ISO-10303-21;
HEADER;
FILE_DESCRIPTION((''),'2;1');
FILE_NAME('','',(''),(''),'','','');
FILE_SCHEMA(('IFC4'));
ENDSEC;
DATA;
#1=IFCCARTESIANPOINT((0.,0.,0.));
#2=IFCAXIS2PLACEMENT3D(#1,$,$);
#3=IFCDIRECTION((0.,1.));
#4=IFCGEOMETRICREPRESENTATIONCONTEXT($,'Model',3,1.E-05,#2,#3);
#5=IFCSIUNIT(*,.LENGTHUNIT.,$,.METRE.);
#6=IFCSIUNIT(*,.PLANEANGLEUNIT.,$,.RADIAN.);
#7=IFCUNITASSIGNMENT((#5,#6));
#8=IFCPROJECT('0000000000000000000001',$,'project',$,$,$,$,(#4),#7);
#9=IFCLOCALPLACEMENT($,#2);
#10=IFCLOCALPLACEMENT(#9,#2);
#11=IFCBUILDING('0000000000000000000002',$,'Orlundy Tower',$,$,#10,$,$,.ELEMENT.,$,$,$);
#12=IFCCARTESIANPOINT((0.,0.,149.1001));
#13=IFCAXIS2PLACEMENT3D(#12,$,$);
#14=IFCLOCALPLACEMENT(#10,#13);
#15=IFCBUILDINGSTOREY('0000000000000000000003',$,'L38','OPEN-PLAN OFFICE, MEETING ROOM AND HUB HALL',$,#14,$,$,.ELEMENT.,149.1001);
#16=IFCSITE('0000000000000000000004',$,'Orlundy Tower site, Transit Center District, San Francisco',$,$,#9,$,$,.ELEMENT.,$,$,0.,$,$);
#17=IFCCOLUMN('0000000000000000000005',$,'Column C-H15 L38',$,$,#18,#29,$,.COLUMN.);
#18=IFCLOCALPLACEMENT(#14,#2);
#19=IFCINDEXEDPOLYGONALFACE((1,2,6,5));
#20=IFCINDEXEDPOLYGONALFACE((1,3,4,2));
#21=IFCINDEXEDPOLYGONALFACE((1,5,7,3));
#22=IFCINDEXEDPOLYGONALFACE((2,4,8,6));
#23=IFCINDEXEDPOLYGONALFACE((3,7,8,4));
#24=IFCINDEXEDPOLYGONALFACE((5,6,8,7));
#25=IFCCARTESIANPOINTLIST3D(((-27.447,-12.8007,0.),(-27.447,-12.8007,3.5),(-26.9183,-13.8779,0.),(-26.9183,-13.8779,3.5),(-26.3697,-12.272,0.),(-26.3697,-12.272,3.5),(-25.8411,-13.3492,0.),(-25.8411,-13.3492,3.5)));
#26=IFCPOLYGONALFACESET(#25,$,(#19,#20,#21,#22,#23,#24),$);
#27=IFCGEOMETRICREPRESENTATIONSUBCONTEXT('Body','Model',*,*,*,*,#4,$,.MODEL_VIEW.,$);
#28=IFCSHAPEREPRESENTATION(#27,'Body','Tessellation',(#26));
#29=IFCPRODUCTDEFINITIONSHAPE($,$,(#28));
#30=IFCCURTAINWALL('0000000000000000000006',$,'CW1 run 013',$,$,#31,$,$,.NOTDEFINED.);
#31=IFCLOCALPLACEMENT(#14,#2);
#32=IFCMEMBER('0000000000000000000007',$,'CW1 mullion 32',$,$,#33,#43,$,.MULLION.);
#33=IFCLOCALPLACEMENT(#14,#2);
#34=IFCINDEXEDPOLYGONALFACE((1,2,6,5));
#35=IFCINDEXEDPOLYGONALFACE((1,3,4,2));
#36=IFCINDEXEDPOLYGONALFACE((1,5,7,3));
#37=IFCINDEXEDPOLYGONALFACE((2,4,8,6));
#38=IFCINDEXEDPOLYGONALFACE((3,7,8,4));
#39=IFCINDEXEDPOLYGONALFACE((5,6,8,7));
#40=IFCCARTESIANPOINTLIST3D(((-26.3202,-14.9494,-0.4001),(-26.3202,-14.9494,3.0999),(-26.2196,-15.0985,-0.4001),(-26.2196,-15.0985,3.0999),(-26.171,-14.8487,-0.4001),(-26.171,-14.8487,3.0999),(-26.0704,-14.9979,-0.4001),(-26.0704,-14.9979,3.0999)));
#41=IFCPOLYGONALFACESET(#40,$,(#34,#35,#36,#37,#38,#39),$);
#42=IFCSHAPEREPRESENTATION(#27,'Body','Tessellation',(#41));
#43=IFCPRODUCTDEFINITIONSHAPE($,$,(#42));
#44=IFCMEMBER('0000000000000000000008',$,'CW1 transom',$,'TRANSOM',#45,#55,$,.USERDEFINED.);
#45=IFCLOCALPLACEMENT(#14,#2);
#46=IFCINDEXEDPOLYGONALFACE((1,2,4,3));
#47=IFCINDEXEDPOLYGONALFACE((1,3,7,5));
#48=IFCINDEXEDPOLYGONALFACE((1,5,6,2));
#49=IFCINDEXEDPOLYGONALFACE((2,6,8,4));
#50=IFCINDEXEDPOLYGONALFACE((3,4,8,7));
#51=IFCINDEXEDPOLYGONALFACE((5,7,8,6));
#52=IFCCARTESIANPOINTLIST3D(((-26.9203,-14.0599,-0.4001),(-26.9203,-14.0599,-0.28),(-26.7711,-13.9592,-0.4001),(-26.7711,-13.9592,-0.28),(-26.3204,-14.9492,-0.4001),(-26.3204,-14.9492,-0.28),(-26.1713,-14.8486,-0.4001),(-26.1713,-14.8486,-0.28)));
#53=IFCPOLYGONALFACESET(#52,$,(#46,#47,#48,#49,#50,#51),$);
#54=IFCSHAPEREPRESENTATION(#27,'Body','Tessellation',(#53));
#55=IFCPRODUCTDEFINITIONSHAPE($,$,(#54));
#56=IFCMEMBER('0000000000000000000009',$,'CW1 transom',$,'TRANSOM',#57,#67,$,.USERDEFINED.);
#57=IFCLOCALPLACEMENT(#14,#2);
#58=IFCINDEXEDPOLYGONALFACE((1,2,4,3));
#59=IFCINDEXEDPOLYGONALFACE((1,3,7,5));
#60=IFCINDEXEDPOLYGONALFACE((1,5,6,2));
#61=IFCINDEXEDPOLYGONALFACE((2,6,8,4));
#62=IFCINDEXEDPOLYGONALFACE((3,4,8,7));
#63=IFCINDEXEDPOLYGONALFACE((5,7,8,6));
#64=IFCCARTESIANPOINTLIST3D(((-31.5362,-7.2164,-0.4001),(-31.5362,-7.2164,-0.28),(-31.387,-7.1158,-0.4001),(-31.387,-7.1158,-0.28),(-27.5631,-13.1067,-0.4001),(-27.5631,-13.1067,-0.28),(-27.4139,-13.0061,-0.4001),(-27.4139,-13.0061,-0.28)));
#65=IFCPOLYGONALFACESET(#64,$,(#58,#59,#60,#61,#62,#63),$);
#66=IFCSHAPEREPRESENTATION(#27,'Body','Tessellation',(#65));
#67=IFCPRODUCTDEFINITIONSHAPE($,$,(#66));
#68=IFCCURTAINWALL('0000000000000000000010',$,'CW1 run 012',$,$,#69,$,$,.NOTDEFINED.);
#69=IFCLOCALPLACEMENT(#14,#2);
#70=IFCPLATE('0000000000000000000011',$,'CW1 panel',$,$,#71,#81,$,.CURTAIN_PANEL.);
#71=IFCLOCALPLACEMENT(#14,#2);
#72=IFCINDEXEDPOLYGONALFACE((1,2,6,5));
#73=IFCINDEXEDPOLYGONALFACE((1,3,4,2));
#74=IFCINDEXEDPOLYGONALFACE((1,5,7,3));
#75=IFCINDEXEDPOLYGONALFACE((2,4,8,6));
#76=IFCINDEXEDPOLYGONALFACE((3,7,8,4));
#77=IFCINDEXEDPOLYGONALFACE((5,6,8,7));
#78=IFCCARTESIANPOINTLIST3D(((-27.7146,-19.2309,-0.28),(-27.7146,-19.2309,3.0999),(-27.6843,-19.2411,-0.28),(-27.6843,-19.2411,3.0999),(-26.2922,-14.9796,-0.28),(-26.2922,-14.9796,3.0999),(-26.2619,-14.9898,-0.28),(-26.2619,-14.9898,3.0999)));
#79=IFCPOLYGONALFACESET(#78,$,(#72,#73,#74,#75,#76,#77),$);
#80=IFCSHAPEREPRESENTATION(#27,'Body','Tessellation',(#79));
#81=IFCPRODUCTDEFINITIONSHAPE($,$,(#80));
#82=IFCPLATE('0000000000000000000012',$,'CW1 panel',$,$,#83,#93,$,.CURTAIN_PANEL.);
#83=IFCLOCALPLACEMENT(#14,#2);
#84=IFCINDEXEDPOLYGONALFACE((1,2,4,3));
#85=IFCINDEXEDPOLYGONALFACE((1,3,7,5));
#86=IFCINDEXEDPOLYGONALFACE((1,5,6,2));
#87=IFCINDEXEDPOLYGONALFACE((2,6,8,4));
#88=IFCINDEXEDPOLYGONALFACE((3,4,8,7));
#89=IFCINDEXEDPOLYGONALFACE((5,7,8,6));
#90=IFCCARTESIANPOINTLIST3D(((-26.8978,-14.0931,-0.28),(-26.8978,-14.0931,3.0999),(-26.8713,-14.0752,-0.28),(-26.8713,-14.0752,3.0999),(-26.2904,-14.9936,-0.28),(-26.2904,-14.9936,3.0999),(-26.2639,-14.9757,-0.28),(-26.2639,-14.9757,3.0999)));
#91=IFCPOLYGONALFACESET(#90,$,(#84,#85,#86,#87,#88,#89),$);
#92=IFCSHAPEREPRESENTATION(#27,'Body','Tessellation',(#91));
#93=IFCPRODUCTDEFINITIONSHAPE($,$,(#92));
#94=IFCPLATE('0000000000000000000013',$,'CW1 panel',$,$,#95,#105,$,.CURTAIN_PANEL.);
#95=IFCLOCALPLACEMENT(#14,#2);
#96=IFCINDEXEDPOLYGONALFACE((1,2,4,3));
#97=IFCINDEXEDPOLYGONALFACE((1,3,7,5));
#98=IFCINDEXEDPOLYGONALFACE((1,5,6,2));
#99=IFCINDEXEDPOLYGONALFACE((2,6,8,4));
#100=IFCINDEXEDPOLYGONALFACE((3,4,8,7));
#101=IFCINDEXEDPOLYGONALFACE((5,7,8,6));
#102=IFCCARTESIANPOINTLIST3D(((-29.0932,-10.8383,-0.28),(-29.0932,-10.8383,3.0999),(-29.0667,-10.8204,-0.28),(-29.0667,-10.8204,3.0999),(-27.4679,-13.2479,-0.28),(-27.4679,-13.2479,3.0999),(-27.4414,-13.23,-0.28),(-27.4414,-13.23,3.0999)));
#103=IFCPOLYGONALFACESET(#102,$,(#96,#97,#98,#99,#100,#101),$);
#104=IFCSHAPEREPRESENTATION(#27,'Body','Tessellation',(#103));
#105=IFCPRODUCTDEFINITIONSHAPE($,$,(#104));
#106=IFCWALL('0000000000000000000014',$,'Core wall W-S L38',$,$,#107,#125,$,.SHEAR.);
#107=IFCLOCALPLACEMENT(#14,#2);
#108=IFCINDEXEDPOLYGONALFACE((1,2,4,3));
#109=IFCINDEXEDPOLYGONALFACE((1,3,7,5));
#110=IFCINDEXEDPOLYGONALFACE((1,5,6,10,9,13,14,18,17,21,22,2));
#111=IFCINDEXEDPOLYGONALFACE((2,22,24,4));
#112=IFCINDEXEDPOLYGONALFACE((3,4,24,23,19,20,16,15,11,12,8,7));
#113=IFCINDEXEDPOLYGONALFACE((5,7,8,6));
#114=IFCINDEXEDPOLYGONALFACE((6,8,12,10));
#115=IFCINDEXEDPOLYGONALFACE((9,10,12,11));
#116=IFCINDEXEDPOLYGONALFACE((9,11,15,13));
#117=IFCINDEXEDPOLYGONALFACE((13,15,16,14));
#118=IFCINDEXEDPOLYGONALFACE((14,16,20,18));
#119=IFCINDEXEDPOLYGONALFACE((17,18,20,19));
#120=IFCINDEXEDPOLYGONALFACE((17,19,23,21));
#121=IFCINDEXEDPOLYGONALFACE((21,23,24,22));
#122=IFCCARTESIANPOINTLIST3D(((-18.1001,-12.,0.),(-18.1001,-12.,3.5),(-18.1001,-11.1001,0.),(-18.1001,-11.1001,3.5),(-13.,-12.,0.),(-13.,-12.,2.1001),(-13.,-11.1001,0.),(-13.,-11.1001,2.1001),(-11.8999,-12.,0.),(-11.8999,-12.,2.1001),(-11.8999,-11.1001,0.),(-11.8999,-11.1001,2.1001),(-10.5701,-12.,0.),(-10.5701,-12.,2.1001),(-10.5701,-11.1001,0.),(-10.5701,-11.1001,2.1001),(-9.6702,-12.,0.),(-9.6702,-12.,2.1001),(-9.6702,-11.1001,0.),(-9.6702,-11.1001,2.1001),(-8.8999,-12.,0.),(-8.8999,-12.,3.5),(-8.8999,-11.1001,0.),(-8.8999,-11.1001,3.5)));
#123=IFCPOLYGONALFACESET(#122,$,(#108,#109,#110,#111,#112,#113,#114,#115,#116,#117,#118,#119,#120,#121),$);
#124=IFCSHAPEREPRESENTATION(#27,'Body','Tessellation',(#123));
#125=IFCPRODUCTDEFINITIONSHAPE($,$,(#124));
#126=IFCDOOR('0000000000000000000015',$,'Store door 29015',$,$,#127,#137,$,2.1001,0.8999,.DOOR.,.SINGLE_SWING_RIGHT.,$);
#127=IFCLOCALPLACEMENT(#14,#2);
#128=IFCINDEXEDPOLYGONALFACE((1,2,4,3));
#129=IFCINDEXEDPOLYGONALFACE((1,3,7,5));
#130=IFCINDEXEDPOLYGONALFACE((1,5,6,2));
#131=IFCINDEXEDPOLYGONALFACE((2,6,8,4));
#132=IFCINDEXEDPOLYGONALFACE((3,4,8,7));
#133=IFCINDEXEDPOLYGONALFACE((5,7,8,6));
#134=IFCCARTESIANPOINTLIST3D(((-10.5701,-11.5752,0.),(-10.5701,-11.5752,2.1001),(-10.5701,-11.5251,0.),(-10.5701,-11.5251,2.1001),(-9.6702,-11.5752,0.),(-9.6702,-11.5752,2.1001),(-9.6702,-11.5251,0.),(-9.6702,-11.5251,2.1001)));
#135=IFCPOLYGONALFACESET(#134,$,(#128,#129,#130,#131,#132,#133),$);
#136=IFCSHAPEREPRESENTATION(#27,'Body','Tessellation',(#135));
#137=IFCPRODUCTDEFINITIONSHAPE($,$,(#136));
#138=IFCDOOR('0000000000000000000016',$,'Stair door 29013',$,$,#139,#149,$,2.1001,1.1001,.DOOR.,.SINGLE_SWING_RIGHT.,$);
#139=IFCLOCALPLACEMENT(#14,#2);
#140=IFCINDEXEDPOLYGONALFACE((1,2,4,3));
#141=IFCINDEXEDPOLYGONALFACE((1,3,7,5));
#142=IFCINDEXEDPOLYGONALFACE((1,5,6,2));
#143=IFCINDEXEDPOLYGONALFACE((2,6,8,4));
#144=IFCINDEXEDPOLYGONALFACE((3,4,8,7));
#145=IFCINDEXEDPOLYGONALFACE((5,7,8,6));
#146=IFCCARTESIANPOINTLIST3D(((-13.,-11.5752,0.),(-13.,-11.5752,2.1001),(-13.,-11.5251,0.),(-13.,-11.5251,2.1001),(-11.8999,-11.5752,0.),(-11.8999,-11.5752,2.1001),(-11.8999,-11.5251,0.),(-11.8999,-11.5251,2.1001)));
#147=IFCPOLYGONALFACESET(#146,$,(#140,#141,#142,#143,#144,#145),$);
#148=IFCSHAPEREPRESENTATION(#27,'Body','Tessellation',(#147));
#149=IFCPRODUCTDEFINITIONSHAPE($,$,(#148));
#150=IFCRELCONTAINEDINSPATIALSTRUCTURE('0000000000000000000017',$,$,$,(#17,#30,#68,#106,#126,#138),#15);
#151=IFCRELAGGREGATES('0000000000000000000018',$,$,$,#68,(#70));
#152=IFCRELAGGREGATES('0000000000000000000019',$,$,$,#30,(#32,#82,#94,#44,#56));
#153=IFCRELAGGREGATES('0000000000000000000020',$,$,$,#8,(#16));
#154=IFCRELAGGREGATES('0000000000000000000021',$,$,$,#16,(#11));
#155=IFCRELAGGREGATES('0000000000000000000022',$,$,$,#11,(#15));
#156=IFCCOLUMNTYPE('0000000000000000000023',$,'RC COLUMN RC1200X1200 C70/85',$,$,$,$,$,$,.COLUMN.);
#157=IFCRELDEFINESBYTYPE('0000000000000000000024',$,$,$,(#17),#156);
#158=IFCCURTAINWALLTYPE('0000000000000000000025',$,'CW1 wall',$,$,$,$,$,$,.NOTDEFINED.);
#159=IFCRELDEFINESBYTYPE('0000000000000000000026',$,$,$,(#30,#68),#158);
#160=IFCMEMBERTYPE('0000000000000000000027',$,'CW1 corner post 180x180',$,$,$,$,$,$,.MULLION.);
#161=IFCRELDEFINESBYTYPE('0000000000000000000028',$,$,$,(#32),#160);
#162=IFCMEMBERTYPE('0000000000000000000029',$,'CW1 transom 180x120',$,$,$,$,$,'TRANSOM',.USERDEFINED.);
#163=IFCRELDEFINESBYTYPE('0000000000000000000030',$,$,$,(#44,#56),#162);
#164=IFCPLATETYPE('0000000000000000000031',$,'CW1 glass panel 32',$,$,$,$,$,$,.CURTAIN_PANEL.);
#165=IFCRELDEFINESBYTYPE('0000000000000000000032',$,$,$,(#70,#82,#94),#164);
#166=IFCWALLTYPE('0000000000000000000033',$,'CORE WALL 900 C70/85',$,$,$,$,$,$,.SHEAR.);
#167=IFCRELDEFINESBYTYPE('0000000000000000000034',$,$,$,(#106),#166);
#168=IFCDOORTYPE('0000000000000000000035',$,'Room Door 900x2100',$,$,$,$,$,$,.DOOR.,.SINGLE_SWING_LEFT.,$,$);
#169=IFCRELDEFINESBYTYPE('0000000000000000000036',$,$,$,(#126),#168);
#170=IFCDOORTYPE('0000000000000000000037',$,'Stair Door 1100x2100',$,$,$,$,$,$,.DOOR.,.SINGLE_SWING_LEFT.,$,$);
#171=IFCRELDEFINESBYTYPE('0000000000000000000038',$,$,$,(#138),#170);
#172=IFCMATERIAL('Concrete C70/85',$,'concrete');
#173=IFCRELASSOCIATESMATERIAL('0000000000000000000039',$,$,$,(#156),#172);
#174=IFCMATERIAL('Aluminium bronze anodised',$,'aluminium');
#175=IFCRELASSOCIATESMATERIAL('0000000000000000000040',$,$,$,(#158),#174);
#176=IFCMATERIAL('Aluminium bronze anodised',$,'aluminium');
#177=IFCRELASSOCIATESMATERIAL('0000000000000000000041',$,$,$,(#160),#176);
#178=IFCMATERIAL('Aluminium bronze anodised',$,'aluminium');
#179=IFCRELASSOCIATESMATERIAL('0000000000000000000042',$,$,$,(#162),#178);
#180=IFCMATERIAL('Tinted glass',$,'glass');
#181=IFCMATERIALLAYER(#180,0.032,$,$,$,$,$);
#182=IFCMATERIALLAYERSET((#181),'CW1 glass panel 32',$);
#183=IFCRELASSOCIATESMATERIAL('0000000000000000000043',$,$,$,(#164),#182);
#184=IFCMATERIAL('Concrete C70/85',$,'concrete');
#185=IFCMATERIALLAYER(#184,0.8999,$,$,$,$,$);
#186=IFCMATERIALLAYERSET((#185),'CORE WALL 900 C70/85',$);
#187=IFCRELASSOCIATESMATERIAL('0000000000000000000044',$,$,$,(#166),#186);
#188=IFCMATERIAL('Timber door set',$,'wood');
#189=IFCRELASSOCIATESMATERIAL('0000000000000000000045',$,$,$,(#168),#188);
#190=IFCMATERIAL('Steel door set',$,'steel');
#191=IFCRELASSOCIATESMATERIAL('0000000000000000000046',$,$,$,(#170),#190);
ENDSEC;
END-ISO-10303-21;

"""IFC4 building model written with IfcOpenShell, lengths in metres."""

from ifc_helpers import new_model, si_unit, direction, frame, frame_2d, origin, origin_2d, place, context, subcontext, project, spatial, rectangle, extrude, material, layer, layer_set, material_profile, profile_set, type_object, element, fill, aggregate, save


model = new_model("IFC4")

# Units and contexts
model_context = context("Model", 3, precision=1e-05, world=origin(), true_north=direction((0.0, 1.0)))
body_context = subcontext(model_context, "Body", "Model", "MODEL_VIEW")
ifc_project = project(units=[si_unit("LENGTHUNIT", "METRE"), si_unit("PLANEANGLEUNIT", "RADIAN")], contexts=[model_context])

# Site, building, storey
site_placement = place(None, origin())
site = spatial("IfcSite", under=ifc_project, at=site_placement, Name="Orlundy Tower site, Transit Center District, San Francisco", CompositionType="ELEMENT", RefElevation=0.0)
building_placement = place(site_placement, origin())
building = spatial("IfcBuilding", under=site, at=building_placement, Name="Orlundy Tower", CompositionType="ELEMENT")
storey_placement = place(building_placement, frame((0.0, 0.0, 149.1001)))
storey = spatial("IfcBuildingStorey", under=building, at=storey_placement, Name="L38", Description="OPEN-PLAN OFFICE, MEETING ROOM AND HUB HALL", CompositionType="ELEMENT", Elevation=149.1001)

# Column
ifc_material_1 = material(Name="Concrete C70/85", Category="concrete")
ifc_material_profile_1 = material_profile(ifc_material_1, rectangle(XDim=1.2, YDim=1.2, at=origin_2d()), Name="RC1200X1200")
ifc_profile_set_1 = profile_set([ifc_material_profile_1], Name="Concrete C70/85")
column_type = type_object("IfcColumnType", Name="RC COLUMN RC1200X1200 C70/85", PredefinedType="COLUMN", material=ifc_profile_set_1)
column_placement = place(storey_placement, frame((-26.644, -13.075, 0.0), z_axis=(0.0, 0.0, 1.0), x_axis=(-0.897728, -0.44055, 0.0)))
element("IfcColumn", 1, at=column_placement, inside=storey, type_object=column_type, Name="Column C-H15 L38", PredefinedType="COLUMN", context=body_context, shape_type="SweptSolid", body=[
    extrude(rectangle(XDim=1.2, YDim=1.2, at=origin_2d()), origin(), (0.0, 0.0, 1.0), 3.5),
])

# Curtain wall, members
ifc_material_2 = material(Name="Aluminium bronze anodised", Category="aluminium")
curtain_wall_type = type_object("IfcCurtainWallType", Name="CW1 wall", PredefinedType="NOTDEFINED", material=ifc_material_2)
curtain_wall_1_placement = place(storey_placement, origin())
curtain_wall_1 = element("IfcCurtainWall", 2, at=curtain_wall_1_placement, inside=storey, type_object=curtain_wall_type, Name="CW1 run 013", PredefinedType="NOTDEFINED")
ifc_material_3 = material(Name="Aluminium bronze anodised", Category="aluminium")
ifc_material_profile_2 = material_profile(ifc_material_3, rectangle(XDim=0.1799, YDim=0.1799, at=origin_2d()), Name="CW1 corner post 180x180")
ifc_profile_set_2 = profile_set([ifc_material_profile_2], Name="Aluminium bronze anodised")
member_type_1 = type_object("IfcMemberType", Name="CW1 corner post 180x180", PredefinedType="MULLION", material=ifc_profile_set_2)
member_1_placement = place(storey_placement, frame((-26.1953, -14.9736, -0.4001), z_axis=(0.0, 0.0, 1.0), x_axis=(-0.829032, -0.559201, 0.0)))
member_1 = element("IfcMember", 3, at=member_1_placement, type_object=member_type_1, Name="CW1 mullion 32", PredefinedType="MULLION", context=body_context, shape_type="SweptSolid", body=[
    extrude(rectangle(XDim=0.1799, YDim=0.1799, at=origin_2d()), origin(), (0.0, 0.0, 1.0), 3.5),
])
ifc_material_4 = material(Name="Aluminium bronze anodised", Category="aluminium")
ifc_material_profile_3 = material_profile(ifc_material_4, rectangle(XDim=0.1799, YDim=0.1201, at=origin_2d()), Name="CW1 transom 180x120")
ifc_profile_set_3 = profile_set([ifc_material_profile_3], Name="Aluminium bronze anodised")
member_type_2 = type_object("IfcMemberType", Name="CW1 transom 180x120", ElementType="TRANSOM", PredefinedType="USERDEFINED", material=ifc_profile_set_3)
member_2_placement = place(storey_placement, frame((-26.2458, -14.8989, -0.3401), z_axis=(-0.559156, 0.829062, 0.0), x_axis=(-0.829062, -0.559156, 0.0)))
member_2 = element("IfcMember", 4, at=member_2_placement, type_object=member_type_2, Name="CW1 transom", ObjectType="TRANSOM", PredefinedType="USERDEFINED", context=body_context, shape_type="SweptSolid", body=[
    extrude(rectangle(XDim=0.1799, YDim=0.1201, at=origin_2d()), origin(), (0.0, 0.0, 1.0), 1.0728),
])
member_3_placement = place(storey_placement, frame((-27.4885, -13.0564, -0.3401), z_axis=(-0.559196, 0.829035, 0.0), x_axis=(-0.829035, -0.559196, 0.0)))
member_3 = element("IfcMember", 5, at=member_3_placement, type_object=member_type_2, Name="CW1 transom", ObjectType="TRANSOM", PredefinedType="USERDEFINED", context=body_context, shape_type="SweptSolid", body=[
    extrude(rectangle(XDim=0.1799, YDim=0.1201, at=origin_2d()), origin(), (0.0, 0.0, 1.0), 7.105),
])

# Curtain wall, plate
curtain_wall_2_placement = place(storey_placement, origin())
curtain_wall_2 = element("IfcCurtainWall", 6, at=curtain_wall_2_placement, inside=storey, type_object=curtain_wall_type, Name="CW1 run 012", PredefinedType="NOTDEFINED")
ifc_material_5 = material(Name="Tinted glass", Category="glass")
ifc_layer_1 = layer(ifc_material_5, 0.032)
ifc_layer_set_1 = layer_set([ifc_layer_1], Name="CW1 glass panel 32")
plate_type = type_object("IfcPlateType", Name="CW1 glass panel 32", PredefinedType="CURTAIN_PANEL", material=ifc_layer_set_1)
plate_1_placement = place(storey_placement, frame((-26.9883, -17.1104, -0.28), z_axis=(0.0, 0.0, 1.0), x_axis=(0.317295, 0.948327, 0.0)))
plate_1 = element("IfcPlate", 7, at=plate_1_placement, type_object=plate_type, Name="CW1 panel", PredefinedType="CURTAIN_PANEL", context=body_context, shape_type="SweptSolid", body=[
    extrude(rectangle(XDim=4.4829, YDim=0.032, at=origin_2d()), origin(), (0.0, 0.0, 1.0), 3.3799),
])
aggregate(curtain_wall_2, [plate_1])

# Plates
plate_2_placement = place(storey_placement, frame((-26.5808, -14.5344, -0.28), z_axis=(0.0, 0.0, 1.0), x_axis=(-0.559201, 0.829032, 0.0)))
plate_2 = element("IfcPlate", 8, at=plate_2_placement, type_object=plate_type, Name="CW1 panel", PredefinedType="CURTAIN_PANEL", context=body_context, shape_type="SweptSolid", body=[
    extrude(rectangle(XDim=1.0862, YDim=0.032, at=origin_2d()), origin(), (0.0, 0.0, 1.0), 3.3799),
])
plate_3_placement = place(storey_placement, frame((-28.2673, -12.0342, -0.28), z_axis=(0.0, 0.0, 1.0), x_axis=(-0.559201, 0.829032, 0.0)))
plate_3 = element("IfcPlate", 9, at=plate_3_placement, type_object=plate_type, Name="CW1 panel", PredefinedType="CURTAIN_PANEL", context=body_context, shape_type="SweptSolid", body=[
    extrude(rectangle(XDim=2.9065, YDim=0.032, at=origin_2d()), origin(), (0.0, 0.0, 1.0), 3.3799),
])
aggregate(curtain_wall_1, [member_1, plate_2, plate_3, member_2, member_3])

# Wall, openings, doors
ifc_material_6 = material(Name="Concrete C70/85", Category="concrete")
ifc_layer_2 = layer(ifc_material_6, 0.8999)
ifc_layer_set_2 = layer_set([ifc_layer_2], Name="CORE WALL 900 C70/85")
wall_type_1 = type_object("IfcWallType", Name="CORE WALL 900 C70/85", PredefinedType="SHEAR", material=ifc_layer_set_2)
wall_1_placement = place(storey_placement, frame((-18.1001, -11.55, 0.0), z_axis=(0.0, 0.0, 1.0), x_axis=(1.0, 0.0, 0.0)))
wall_1 = element("IfcWall", 10, at=wall_1_placement, inside=storey, type_object=wall_type_1, Name="Core wall W-S L38", PredefinedType="SHEAR", context=body_context, shape_type="SweptSolid", body=[
    extrude(rectangle(XDim=9.2002, YDim=0.8999, at=frame_2d((4.6001, 0.0))), origin(), (0.0, 0.0, 1.0), 3.5),
])
opening_1_placement = place(wall_1_placement, frame((5.1001, 0.0, 0.0)))
opening_1 = element("IfcOpeningElement", 11, at=opening_1_placement, cuts=wall_1, PredefinedType="OPENING", context=body_context, shape_type="SweptSolid", body=[
    extrude(rectangle(XDim=1.1001, YDim=2.1001, at=frame_2d((0.55, 1.05))), frame((0.0, 0.46, 0.0), z_axis=(0.0, -1.0, 0.0), x_axis=(1.0, 0.0, 0.0)), (0.0, 0.0, 1.0), 0.9199),
])
opening_2_placement = place(wall_1_placement, frame((7.53, 0.0, 0.0)))
opening_2 = element("IfcOpeningElement", 12, at=opening_2_placement, cuts=wall_1, PredefinedType="OPENING", context=body_context, shape_type="SweptSolid", body=[
    extrude(rectangle(XDim=0.8999, YDim=2.1001, at=frame_2d((0.45, 1.05))), frame((0.0, 0.46, 0.0), z_axis=(0.0, -1.0, 0.0), x_axis=(1.0, 0.0, 0.0)), (0.0, 0.0, 1.0), 0.9199),
])
ifc_material_7 = material(Name="Timber door set", Category="wood")
door_type_1 = type_object("IfcDoorType", Name="Room Door 900x2100", OperationType="SINGLE_SWING_LEFT", PredefinedType="DOOR", material=ifc_material_7)
door_1_placement = place(opening_2_placement, origin())
door_1 = element("IfcDoor", 13, at=door_1_placement, inside=storey, type_object=door_type_1, Name="Store door 29015", OperationType="SINGLE_SWING_RIGHT", OverallHeight=2.1001, OverallWidth=0.8999, PredefinedType="DOOR", context=body_context, shape_type="SweptSolid", body=[
    extrude(rectangle(XDim=0.8999, YDim=2.1001, at=frame_2d((0.45, 1.05))), frame((0.0, 0.0249, 0.0), z_axis=(0.0, -1.0, 0.0), x_axis=(1.0, 0.0, 0.0)), (0.0, 0.0, 1.0), 0.05),
])
fill(opening_2, door_1)
ifc_material_8 = material(Name="Steel door set", Category="steel")
door_type_2 = type_object("IfcDoorType", Name="Stair Door 1100x2100", OperationType="SINGLE_SWING_LEFT", PredefinedType="DOOR", material=ifc_material_8)
door_2_placement = place(opening_1_placement, origin())
door_2 = element("IfcDoor", 14, at=door_2_placement, inside=storey, type_object=door_type_2, Name="Stair door 29013", OperationType="SINGLE_SWING_RIGHT", OverallHeight=2.1001, OverallWidth=1.1001, PredefinedType="DOOR", context=body_context, shape_type="SweptSolid", body=[
    extrude(rectangle(XDim=1.1001, YDim=2.1001, at=frame_2d((0.55, 1.05))), frame((0.0, 0.0249, 0.0), z_axis=(0.0, -1.0, 0.0), x_axis=(1.0, 0.0, 0.0)), (0.0, 0.0, 1.0), 0.05),
])
fill(opening_1, door_2)

save(model, "model.ifc")
